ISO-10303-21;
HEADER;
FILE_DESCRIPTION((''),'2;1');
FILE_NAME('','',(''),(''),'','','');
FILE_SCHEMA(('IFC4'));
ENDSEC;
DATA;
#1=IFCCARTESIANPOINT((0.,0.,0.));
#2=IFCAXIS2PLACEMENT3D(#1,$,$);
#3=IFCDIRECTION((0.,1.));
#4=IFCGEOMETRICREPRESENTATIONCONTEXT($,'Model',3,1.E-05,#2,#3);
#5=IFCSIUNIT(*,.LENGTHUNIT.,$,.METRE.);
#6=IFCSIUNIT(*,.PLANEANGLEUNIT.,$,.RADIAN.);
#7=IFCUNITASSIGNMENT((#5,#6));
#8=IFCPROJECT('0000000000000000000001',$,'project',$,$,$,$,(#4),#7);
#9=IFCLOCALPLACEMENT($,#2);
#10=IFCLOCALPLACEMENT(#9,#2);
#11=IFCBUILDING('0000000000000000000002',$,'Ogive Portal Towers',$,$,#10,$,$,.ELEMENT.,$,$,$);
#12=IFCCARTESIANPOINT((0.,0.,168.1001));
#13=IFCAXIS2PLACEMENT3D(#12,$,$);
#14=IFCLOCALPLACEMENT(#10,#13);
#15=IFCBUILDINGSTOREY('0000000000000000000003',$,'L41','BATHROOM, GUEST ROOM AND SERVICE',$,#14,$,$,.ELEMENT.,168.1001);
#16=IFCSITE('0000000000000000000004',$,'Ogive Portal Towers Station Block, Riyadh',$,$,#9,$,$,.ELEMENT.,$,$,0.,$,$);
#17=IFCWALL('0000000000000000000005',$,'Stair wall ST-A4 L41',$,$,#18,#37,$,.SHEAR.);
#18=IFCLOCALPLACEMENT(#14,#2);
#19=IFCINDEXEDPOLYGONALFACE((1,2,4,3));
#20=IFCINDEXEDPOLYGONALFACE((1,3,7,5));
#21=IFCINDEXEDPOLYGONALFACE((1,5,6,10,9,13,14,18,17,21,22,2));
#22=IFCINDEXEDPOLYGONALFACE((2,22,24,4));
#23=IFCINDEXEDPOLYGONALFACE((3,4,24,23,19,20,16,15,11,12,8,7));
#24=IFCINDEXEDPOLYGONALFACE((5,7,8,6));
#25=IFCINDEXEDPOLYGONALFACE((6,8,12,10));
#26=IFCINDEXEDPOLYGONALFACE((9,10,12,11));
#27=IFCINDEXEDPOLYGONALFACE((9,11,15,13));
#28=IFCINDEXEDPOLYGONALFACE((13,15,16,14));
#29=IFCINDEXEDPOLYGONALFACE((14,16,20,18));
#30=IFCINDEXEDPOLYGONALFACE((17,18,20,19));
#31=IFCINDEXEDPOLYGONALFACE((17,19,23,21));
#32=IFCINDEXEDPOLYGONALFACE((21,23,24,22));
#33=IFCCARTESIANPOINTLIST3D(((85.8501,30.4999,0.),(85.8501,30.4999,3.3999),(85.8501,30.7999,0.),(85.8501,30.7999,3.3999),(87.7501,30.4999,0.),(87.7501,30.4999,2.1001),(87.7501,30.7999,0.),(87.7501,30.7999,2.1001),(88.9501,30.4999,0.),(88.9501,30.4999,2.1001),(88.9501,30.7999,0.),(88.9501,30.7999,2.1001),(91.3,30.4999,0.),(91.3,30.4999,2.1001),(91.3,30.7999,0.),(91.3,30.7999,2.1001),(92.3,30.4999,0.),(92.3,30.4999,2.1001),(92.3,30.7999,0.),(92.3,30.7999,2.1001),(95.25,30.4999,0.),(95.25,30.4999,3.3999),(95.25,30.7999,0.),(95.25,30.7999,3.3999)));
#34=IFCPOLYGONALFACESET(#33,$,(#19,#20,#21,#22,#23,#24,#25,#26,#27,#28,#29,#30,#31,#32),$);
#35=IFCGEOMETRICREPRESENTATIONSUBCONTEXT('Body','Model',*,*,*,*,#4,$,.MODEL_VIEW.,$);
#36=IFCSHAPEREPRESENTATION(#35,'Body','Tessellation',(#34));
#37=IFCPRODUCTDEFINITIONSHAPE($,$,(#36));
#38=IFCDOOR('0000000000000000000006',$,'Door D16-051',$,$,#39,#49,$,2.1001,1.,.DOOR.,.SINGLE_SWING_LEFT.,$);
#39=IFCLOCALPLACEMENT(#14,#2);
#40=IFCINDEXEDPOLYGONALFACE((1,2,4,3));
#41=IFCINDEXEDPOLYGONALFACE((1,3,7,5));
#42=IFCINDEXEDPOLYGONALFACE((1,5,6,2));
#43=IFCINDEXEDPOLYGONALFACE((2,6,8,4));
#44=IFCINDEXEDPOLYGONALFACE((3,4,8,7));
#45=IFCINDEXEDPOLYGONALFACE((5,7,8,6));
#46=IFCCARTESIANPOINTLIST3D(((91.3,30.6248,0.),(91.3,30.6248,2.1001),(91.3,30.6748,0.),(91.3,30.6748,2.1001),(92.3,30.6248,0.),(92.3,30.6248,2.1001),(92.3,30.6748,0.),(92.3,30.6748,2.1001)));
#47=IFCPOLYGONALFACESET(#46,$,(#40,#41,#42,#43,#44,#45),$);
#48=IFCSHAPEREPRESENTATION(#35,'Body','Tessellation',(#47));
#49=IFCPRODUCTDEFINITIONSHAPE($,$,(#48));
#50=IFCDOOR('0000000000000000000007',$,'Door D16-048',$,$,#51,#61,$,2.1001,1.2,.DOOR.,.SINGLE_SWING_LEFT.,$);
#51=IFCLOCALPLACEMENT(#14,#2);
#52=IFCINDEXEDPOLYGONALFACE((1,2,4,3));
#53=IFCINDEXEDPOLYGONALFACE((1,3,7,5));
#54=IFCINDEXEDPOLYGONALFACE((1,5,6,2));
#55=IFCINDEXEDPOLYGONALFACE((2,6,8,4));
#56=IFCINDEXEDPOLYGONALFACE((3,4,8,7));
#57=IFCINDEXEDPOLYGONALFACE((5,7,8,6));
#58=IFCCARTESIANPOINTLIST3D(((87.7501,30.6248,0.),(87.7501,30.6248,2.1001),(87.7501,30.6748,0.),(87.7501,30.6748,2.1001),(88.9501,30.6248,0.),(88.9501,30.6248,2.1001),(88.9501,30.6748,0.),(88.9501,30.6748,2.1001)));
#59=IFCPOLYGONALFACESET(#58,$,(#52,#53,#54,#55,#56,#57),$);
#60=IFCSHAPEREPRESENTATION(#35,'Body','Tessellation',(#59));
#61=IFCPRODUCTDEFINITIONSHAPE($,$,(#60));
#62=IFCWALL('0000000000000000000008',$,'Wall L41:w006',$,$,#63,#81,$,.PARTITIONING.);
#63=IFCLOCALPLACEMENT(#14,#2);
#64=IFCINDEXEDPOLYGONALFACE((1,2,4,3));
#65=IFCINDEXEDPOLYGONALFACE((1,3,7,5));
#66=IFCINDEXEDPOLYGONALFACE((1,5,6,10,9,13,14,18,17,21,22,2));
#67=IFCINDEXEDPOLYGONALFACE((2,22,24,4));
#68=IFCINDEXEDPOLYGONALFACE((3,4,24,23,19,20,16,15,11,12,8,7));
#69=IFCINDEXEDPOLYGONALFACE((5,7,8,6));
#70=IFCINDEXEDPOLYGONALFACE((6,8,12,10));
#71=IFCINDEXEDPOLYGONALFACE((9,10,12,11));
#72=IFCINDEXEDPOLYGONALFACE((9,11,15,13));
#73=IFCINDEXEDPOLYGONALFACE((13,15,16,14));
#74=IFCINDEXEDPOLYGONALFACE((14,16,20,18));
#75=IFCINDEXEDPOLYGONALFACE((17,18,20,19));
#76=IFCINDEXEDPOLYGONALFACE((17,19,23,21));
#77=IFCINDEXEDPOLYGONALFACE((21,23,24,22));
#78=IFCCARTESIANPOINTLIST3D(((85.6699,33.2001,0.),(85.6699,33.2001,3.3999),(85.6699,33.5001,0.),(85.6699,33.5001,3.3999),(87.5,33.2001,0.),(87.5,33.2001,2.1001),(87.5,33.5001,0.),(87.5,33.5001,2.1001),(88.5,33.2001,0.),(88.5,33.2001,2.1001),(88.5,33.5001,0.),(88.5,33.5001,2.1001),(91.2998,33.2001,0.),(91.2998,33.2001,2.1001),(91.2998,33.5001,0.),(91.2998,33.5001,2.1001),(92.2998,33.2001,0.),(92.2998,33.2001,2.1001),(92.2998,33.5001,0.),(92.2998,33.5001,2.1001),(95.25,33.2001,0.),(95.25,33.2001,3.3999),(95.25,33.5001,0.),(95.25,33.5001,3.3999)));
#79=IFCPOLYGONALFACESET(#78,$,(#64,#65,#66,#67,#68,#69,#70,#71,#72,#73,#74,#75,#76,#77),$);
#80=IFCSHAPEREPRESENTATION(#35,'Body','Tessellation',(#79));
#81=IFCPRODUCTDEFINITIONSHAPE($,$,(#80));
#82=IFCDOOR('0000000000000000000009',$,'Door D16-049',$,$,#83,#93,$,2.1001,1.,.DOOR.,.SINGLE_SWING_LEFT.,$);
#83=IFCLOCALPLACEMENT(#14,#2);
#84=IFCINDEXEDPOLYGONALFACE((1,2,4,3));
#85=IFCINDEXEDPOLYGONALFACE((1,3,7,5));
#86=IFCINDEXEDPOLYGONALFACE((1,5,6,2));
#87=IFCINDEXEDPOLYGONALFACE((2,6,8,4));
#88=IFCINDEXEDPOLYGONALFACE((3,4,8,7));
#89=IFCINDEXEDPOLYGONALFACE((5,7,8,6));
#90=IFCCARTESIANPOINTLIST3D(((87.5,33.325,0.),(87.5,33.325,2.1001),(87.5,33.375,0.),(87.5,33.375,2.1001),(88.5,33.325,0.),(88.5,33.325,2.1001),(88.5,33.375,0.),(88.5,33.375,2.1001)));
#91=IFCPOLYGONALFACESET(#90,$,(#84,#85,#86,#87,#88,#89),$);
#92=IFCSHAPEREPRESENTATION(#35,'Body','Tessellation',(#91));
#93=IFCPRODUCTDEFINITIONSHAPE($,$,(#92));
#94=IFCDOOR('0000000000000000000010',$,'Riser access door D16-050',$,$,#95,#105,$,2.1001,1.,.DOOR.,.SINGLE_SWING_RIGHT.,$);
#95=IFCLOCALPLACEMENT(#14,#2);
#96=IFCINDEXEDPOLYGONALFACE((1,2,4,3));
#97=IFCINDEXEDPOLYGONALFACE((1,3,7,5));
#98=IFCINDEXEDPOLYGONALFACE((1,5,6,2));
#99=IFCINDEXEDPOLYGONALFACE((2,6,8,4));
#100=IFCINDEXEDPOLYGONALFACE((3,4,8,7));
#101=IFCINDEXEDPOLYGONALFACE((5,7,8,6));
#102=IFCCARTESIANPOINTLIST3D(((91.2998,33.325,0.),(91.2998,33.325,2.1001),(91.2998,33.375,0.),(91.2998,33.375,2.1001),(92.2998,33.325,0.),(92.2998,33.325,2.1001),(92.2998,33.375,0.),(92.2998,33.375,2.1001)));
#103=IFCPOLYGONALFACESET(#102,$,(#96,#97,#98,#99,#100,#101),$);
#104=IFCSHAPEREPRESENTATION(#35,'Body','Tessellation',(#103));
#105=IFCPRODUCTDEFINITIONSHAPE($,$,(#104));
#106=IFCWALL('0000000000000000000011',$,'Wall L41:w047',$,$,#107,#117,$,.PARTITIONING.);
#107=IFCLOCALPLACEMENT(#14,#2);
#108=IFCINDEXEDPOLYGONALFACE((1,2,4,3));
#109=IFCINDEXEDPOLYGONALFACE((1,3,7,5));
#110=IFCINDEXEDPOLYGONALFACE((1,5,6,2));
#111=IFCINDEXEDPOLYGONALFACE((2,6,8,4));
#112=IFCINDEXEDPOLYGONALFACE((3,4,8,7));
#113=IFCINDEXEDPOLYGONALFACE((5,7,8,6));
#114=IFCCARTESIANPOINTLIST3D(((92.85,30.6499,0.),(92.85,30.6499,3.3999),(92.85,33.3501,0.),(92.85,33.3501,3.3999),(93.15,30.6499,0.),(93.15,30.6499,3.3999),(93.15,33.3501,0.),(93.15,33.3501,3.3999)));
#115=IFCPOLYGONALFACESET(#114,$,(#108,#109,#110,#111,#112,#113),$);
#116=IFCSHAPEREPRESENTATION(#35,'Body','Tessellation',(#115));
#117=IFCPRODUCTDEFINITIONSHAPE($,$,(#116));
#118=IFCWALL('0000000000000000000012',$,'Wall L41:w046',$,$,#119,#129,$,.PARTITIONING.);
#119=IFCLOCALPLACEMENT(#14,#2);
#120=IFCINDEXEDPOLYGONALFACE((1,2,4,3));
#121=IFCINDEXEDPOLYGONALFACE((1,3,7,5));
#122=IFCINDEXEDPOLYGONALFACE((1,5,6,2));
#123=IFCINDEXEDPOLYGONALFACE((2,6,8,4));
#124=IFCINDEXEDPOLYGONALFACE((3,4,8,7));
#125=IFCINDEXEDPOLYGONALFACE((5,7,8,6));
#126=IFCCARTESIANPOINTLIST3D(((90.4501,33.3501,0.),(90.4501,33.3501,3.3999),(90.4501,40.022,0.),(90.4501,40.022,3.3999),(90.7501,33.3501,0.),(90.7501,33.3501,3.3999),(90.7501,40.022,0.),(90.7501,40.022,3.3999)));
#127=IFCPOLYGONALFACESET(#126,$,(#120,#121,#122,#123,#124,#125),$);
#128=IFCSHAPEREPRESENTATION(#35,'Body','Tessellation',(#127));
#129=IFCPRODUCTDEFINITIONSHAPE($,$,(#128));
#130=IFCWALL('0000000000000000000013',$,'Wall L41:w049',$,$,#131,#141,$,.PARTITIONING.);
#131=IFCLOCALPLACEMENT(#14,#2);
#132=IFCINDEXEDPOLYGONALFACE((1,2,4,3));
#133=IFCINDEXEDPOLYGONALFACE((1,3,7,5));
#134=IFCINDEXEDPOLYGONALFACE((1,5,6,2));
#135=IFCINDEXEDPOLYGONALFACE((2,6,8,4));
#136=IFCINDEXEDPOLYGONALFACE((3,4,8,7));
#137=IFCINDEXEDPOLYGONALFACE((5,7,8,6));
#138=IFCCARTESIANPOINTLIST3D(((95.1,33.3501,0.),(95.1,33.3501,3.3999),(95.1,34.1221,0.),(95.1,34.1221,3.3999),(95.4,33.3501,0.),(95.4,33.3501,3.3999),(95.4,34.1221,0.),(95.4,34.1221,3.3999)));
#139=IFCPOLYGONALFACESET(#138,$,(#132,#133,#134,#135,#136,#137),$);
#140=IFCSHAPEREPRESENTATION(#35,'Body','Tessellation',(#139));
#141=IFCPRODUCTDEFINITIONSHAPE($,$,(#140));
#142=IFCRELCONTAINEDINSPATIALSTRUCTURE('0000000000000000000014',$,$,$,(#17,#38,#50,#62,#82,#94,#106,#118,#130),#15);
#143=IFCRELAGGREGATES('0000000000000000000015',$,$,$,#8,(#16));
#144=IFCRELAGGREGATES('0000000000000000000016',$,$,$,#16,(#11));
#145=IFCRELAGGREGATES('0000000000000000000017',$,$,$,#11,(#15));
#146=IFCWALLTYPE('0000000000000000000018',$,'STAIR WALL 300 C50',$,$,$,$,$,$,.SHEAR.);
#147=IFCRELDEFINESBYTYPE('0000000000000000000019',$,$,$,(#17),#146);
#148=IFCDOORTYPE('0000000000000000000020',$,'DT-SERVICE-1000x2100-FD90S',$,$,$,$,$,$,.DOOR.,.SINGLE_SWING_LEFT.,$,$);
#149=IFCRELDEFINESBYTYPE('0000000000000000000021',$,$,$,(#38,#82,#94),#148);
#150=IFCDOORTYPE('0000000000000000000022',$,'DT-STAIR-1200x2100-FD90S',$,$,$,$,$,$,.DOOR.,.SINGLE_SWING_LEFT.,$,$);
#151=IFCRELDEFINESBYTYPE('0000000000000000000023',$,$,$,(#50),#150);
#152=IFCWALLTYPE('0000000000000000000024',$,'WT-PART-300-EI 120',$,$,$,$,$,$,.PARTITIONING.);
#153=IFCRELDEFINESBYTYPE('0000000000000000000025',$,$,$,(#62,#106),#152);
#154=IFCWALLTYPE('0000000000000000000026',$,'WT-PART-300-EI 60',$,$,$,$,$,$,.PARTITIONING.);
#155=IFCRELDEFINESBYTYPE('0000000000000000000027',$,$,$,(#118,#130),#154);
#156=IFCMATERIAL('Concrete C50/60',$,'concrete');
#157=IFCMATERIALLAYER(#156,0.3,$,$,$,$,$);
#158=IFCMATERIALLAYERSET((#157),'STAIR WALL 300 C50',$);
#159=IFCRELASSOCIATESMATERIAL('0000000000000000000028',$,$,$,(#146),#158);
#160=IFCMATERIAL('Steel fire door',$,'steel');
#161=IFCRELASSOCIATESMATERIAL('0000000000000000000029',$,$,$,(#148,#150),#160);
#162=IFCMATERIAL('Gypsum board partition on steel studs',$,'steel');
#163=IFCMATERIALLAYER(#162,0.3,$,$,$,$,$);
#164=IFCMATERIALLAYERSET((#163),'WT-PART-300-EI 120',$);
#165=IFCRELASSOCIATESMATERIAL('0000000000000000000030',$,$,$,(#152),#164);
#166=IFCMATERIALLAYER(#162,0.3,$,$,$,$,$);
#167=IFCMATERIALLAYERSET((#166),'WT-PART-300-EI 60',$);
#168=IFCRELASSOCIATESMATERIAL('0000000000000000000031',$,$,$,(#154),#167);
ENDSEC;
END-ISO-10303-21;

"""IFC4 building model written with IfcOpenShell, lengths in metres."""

from ifc_helpers import new_model, si_unit, direction, frame, frame_2d, origin, place, context, subcontext, project, spatial, rectangle, extrude, material, layer, layer_set, type_object, element, fill, save


model = new_model("IFC4")

# Units and contexts
model_context = context("Model", 3, precision=1e-05, world=origin(), true_north=direction((0.0, 1.0)))
body_context = subcontext(model_context, "Body", "Model", "MODEL_VIEW")
ifc_project = project(units=[si_unit("LENGTHUNIT", "METRE"), si_unit("PLANEANGLEUNIT", "RADIAN")], contexts=[model_context])

# Site, building, storey
site_placement = place(None, origin())
site = spatial("IfcSite", under=ifc_project, at=site_placement, Name="Ogive Portal Towers Station Block, Riyadh", CompositionType="ELEMENT", RefElevation=0.0)
building_placement = place(site_placement, origin())
building = spatial("IfcBuilding", under=site, at=building_placement, Name="Ogive Portal Towers", CompositionType="ELEMENT")
storey_placement = place(building_placement, frame((0.0, 0.0, 168.1001)))
storey = spatial("IfcBuildingStorey", under=building, at=storey_placement, Name="L41", Description="BATHROOM, GUEST ROOM AND SERVICE", CompositionType="ELEMENT", Elevation=168.1001)

# Walls, openings, doors
ifc_material_1 = material(Name="Concrete C50/60", Category="concrete")
ifc_layer_1 = layer(ifc_material_1, 0.3)
ifc_layer_set_1 = layer_set([ifc_layer_1], Name="STAIR WALL 300 C50")
wall_type_1 = type_object("IfcWallType", Name="STAIR WALL 300 C50", PredefinedType="SHEAR", material=ifc_layer_set_1)
wall_1_placement = place(storey_placement, frame((85.8501, 30.6499, 0.0), z_axis=(0.0, 0.0, 1.0), x_axis=(1.0, 0.0, 0.0)))
wall_1 = element("IfcWall", 1, at=wall_1_placement, inside=storey, type_object=wall_type_1, Name="Stair wall ST-A4 L41", PredefinedType="SHEAR", context=body_context, shape_type="SweptSolid", body=[
    extrude(rectangle(XDim=9.3999, YDim=0.3, at=frame_2d((4.7, 0.0))), origin(), (0.0, 0.0, 1.0), 3.3999),
])
opening_1_placement = place(wall_1_placement, frame((1.8999, 0.0, 0.0)))
opening_1 = element("IfcOpeningElement", 2, at=opening_1_placement, cuts=wall_1, PredefinedType="OPENING", context=body_context, shape_type="SweptSolid", body=[
    extrude(rectangle(XDim=1.2, YDim=2.1001, at=frame_2d((0.6001, 1.05))), frame((0.0, 0.1602, 0.0), z_axis=(0.0, -1.0, 0.0), x_axis=(1.0, 0.0, 0.0)), (0.0, 0.0, 1.0), 0.3201),
])
opening_2_placement = place(wall_1_placement, frame((5.45, 0.0, 0.0)))
opening_2 = element("IfcOpeningElement", 3, at=opening_2_placement, cuts=wall_1, PredefinedType="OPENING", context=body_context, shape_type="SweptSolid", body=[
    extrude(rectangle(XDim=1.0, YDim=2.1001, at=frame_2d((0.5, 1.05))), frame((0.0, 0.1602, 0.0), z_axis=(0.0, -1.0, 0.0), x_axis=(1.0, 0.0, 0.0)), (0.0, 0.0, 1.0), 0.3201),
])
ifc_material_2 = material(Name="Steel fire door", Category="steel")
door_type_1 = type_object("IfcDoorType", Name="DT-SERVICE-1000x2100-FD90S", OperationType="SINGLE_SWING_LEFT", PredefinedType="DOOR", material=ifc_material_2)
door_1_placement = place(opening_2_placement, origin())
door_1 = element("IfcDoor", 4, at=door_1_placement, inside=storey, type_object=door_type_1, Name="Door D16-051", OperationType="SINGLE_SWING_LEFT", OverallHeight=2.1001, OverallWidth=1.0, PredefinedType="DOOR", context=body_context, shape_type="SweptSolid", body=[
    extrude(rectangle(XDim=1.0, YDim=2.1001, at=frame_2d((0.5, 1.05))), frame((0.0, 0.0249, 0.0), z_axis=(0.0, -1.0, 0.0), x_axis=(1.0, 0.0, 0.0)), (0.0, 0.0, 1.0), 0.05),
])
fill(opening_2, door_1)
door_type_2 = type_object("IfcDoorType", Name="DT-STAIR-1200x2100-FD90S", OperationType="SINGLE_SWING_LEFT", PredefinedType="DOOR", material=ifc_material_2)
door_2_placement = place(opening_1_placement, origin())
door_2 = element("IfcDoor", 5, at=door_2_placement, inside=storey, type_object=door_type_2, Name="Door D16-048", OperationType="SINGLE_SWING_LEFT", OverallHeight=2.1001, OverallWidth=1.2, PredefinedType="DOOR", context=body_context, shape_type="SweptSolid", body=[
    extrude(rectangle(XDim=1.2, YDim=2.1001, at=frame_2d((0.6001, 1.05))), frame((0.0, 0.0249, 0.0), z_axis=(0.0, -1.0, 0.0), x_axis=(1.0, 0.0, 0.0)), (0.0, 0.0, 1.0), 0.05),
])
fill(opening_1, door_2)
ifc_material_3 = material(Name="Gypsum board partition on steel studs", Category="steel")
ifc_layer_2 = layer(ifc_material_3, 0.3)
ifc_layer_set_2 = layer_set([ifc_layer_2], Name="WT-PART-300-EI 120")
wall_type_2 = type_object("IfcWallType", Name="WT-PART-300-EI 120", PredefinedType="PARTITIONING", material=ifc_layer_set_2)
wall_2_placement = place(storey_placement, frame((85.6699, 33.3501, 0.0), z_axis=(0.0, 0.0, 1.0), x_axis=(1.0, 0.0, 0.0)))
wall_2 = element("IfcWall", 6, at=wall_2_placement, inside=storey, type_object=wall_type_2, Name="Wall L41:w006", PredefinedType="PARTITIONING", context=body_context, shape_type="SweptSolid", body=[
    extrude(rectangle(XDim=9.5801, YDim=0.3, at=frame_2d((4.79, 0.0))), origin(), (0.0, 0.0, 1.0), 3.3999),
])
opening_3_placement = place(wall_2_placement, frame((1.8301, 0.0, 0.0)))
opening_3 = element("IfcOpeningElement", 7, at=opening_3_placement, cuts=wall_2, PredefinedType="OPENING", context=body_context, shape_type="SweptSolid", body=[
    extrude(rectangle(XDim=1.0, YDim=2.1001, at=frame_2d((0.5, 1.05))), frame((0.0, 0.1602, 0.0), z_axis=(0.0, -1.0, 0.0), x_axis=(1.0, 0.0, 0.0)), (0.0, 0.0, 1.0), 0.3201),
])
opening_4_placement = place(wall_2_placement, frame((5.6299, 0.0, 0.0)))
opening_4 = element("IfcOpeningElement", 8, at=opening_4_placement, cuts=wall_2, PredefinedType="OPENING", context=body_context, shape_type="SweptSolid", body=[
    extrude(rectangle(XDim=1.0, YDim=2.1001, at=frame_2d((0.5, 1.05))), frame((0.0, 0.1602, 0.0), z_axis=(0.0, -1.0, 0.0), x_axis=(1.0, 0.0, 0.0)), (0.0, 0.0, 1.0), 0.3201),
])
door_3_placement = place(opening_3_placement, origin())
door_3 = element("IfcDoor", 9, at=door_3_placement, inside=storey, type_object=door_type_1, Name="Door D16-049", OperationType="SINGLE_SWING_LEFT", OverallHeight=2.1001, OverallWidth=1.0, PredefinedType="DOOR", context=body_context, shape_type="SweptSolid", body=[
    extrude(rectangle(XDim=1.0, YDim=2.1001, at=frame_2d((0.5, 1.05))), frame((0.0, 0.0249, 0.0), z_axis=(0.0, -1.0, 0.0), x_axis=(1.0, 0.0, 0.0)), (0.0, 0.0, 1.0), 0.05),
])
fill(opening_3, door_3)
door_4_placement = place(opening_4_placement, origin())
door_4 = element("IfcDoor", 10, at=door_4_placement, inside=storey, type_object=door_type_1, Name="Riser access door D16-050", OperationType="SINGLE_SWING_RIGHT", OverallHeight=2.1001, OverallWidth=1.0, PredefinedType="DOOR", context=body_context, shape_type="SweptSolid", body=[
    extrude(rectangle(XDim=1.0, YDim=2.1001, at=frame_2d((0.5, 1.05))), frame((0.0, 0.0249, 0.0), z_axis=(0.0, -1.0, 0.0), x_axis=(1.0, 0.0, 0.0)), (0.0, 0.0, 1.0), 0.05),
])
fill(opening_4, door_4)

# Walls
wall_3_placement = place(storey_placement, frame((93.0, 30.6499, 0.0), z_axis=(0.0, 0.0, 1.0), x_axis=(0.0, 1.0, 0.0)))
element("IfcWall", 11, at=wall_3_placement, inside=storey, type_object=wall_type_2, Name="Wall L41:w047", PredefinedType="PARTITIONING", context=body_context, shape_type="SweptSolid", body=[
    extrude(rectangle(XDim=2.7002, YDim=0.3, at=frame_2d((1.3501, 0.0))), origin(), (0.0, 0.0, 1.0), 3.3999),
])
ifc_layer_3 = layer(ifc_material_3, 0.3)
ifc_layer_set_3 = layer_set([ifc_layer_3], Name="WT-PART-300-EI 60")
wall_type_3 = type_object("IfcWallType", Name="WT-PART-300-EI 60", PredefinedType="PARTITIONING", material=ifc_layer_set_3)
wall_4_placement = place(storey_placement, frame((90.6001, 33.3501, 0.0), z_axis=(0.0, 0.0, 1.0), x_axis=(0.0, 1.0, 0.0)))
element("IfcWall", 12, at=wall_4_placement, inside=storey, type_object=wall_type_3, Name="Wall L41:w046", PredefinedType="PARTITIONING", context=body_context, shape_type="SweptSolid", body=[
    extrude(rectangle(XDim=6.6719, YDim=0.3, at=frame_2d((3.3359, 0.0))), origin(), (0.0, 0.0, 1.0), 3.3999),
])
wall_5_placement = place(storey_placement, frame((95.25, 33.3501, 0.0), z_axis=(0.0, 0.0, 1.0), x_axis=(0.0, 1.0, 0.0)))
element("IfcWall", 13, at=wall_5_placement, inside=storey, type_object=wall_type_3, Name="Wall L41:w049", PredefinedType="PARTITIONING", context=body_context, shape_type="SweptSolid", body=[
    extrude(rectangle(XDim=0.772, YDim=0.3, at=frame_2d((0.386, 0.0))), origin(), (0.0, 0.0, 1.0), 3.3999),
])

save(model, "model.ifc")
